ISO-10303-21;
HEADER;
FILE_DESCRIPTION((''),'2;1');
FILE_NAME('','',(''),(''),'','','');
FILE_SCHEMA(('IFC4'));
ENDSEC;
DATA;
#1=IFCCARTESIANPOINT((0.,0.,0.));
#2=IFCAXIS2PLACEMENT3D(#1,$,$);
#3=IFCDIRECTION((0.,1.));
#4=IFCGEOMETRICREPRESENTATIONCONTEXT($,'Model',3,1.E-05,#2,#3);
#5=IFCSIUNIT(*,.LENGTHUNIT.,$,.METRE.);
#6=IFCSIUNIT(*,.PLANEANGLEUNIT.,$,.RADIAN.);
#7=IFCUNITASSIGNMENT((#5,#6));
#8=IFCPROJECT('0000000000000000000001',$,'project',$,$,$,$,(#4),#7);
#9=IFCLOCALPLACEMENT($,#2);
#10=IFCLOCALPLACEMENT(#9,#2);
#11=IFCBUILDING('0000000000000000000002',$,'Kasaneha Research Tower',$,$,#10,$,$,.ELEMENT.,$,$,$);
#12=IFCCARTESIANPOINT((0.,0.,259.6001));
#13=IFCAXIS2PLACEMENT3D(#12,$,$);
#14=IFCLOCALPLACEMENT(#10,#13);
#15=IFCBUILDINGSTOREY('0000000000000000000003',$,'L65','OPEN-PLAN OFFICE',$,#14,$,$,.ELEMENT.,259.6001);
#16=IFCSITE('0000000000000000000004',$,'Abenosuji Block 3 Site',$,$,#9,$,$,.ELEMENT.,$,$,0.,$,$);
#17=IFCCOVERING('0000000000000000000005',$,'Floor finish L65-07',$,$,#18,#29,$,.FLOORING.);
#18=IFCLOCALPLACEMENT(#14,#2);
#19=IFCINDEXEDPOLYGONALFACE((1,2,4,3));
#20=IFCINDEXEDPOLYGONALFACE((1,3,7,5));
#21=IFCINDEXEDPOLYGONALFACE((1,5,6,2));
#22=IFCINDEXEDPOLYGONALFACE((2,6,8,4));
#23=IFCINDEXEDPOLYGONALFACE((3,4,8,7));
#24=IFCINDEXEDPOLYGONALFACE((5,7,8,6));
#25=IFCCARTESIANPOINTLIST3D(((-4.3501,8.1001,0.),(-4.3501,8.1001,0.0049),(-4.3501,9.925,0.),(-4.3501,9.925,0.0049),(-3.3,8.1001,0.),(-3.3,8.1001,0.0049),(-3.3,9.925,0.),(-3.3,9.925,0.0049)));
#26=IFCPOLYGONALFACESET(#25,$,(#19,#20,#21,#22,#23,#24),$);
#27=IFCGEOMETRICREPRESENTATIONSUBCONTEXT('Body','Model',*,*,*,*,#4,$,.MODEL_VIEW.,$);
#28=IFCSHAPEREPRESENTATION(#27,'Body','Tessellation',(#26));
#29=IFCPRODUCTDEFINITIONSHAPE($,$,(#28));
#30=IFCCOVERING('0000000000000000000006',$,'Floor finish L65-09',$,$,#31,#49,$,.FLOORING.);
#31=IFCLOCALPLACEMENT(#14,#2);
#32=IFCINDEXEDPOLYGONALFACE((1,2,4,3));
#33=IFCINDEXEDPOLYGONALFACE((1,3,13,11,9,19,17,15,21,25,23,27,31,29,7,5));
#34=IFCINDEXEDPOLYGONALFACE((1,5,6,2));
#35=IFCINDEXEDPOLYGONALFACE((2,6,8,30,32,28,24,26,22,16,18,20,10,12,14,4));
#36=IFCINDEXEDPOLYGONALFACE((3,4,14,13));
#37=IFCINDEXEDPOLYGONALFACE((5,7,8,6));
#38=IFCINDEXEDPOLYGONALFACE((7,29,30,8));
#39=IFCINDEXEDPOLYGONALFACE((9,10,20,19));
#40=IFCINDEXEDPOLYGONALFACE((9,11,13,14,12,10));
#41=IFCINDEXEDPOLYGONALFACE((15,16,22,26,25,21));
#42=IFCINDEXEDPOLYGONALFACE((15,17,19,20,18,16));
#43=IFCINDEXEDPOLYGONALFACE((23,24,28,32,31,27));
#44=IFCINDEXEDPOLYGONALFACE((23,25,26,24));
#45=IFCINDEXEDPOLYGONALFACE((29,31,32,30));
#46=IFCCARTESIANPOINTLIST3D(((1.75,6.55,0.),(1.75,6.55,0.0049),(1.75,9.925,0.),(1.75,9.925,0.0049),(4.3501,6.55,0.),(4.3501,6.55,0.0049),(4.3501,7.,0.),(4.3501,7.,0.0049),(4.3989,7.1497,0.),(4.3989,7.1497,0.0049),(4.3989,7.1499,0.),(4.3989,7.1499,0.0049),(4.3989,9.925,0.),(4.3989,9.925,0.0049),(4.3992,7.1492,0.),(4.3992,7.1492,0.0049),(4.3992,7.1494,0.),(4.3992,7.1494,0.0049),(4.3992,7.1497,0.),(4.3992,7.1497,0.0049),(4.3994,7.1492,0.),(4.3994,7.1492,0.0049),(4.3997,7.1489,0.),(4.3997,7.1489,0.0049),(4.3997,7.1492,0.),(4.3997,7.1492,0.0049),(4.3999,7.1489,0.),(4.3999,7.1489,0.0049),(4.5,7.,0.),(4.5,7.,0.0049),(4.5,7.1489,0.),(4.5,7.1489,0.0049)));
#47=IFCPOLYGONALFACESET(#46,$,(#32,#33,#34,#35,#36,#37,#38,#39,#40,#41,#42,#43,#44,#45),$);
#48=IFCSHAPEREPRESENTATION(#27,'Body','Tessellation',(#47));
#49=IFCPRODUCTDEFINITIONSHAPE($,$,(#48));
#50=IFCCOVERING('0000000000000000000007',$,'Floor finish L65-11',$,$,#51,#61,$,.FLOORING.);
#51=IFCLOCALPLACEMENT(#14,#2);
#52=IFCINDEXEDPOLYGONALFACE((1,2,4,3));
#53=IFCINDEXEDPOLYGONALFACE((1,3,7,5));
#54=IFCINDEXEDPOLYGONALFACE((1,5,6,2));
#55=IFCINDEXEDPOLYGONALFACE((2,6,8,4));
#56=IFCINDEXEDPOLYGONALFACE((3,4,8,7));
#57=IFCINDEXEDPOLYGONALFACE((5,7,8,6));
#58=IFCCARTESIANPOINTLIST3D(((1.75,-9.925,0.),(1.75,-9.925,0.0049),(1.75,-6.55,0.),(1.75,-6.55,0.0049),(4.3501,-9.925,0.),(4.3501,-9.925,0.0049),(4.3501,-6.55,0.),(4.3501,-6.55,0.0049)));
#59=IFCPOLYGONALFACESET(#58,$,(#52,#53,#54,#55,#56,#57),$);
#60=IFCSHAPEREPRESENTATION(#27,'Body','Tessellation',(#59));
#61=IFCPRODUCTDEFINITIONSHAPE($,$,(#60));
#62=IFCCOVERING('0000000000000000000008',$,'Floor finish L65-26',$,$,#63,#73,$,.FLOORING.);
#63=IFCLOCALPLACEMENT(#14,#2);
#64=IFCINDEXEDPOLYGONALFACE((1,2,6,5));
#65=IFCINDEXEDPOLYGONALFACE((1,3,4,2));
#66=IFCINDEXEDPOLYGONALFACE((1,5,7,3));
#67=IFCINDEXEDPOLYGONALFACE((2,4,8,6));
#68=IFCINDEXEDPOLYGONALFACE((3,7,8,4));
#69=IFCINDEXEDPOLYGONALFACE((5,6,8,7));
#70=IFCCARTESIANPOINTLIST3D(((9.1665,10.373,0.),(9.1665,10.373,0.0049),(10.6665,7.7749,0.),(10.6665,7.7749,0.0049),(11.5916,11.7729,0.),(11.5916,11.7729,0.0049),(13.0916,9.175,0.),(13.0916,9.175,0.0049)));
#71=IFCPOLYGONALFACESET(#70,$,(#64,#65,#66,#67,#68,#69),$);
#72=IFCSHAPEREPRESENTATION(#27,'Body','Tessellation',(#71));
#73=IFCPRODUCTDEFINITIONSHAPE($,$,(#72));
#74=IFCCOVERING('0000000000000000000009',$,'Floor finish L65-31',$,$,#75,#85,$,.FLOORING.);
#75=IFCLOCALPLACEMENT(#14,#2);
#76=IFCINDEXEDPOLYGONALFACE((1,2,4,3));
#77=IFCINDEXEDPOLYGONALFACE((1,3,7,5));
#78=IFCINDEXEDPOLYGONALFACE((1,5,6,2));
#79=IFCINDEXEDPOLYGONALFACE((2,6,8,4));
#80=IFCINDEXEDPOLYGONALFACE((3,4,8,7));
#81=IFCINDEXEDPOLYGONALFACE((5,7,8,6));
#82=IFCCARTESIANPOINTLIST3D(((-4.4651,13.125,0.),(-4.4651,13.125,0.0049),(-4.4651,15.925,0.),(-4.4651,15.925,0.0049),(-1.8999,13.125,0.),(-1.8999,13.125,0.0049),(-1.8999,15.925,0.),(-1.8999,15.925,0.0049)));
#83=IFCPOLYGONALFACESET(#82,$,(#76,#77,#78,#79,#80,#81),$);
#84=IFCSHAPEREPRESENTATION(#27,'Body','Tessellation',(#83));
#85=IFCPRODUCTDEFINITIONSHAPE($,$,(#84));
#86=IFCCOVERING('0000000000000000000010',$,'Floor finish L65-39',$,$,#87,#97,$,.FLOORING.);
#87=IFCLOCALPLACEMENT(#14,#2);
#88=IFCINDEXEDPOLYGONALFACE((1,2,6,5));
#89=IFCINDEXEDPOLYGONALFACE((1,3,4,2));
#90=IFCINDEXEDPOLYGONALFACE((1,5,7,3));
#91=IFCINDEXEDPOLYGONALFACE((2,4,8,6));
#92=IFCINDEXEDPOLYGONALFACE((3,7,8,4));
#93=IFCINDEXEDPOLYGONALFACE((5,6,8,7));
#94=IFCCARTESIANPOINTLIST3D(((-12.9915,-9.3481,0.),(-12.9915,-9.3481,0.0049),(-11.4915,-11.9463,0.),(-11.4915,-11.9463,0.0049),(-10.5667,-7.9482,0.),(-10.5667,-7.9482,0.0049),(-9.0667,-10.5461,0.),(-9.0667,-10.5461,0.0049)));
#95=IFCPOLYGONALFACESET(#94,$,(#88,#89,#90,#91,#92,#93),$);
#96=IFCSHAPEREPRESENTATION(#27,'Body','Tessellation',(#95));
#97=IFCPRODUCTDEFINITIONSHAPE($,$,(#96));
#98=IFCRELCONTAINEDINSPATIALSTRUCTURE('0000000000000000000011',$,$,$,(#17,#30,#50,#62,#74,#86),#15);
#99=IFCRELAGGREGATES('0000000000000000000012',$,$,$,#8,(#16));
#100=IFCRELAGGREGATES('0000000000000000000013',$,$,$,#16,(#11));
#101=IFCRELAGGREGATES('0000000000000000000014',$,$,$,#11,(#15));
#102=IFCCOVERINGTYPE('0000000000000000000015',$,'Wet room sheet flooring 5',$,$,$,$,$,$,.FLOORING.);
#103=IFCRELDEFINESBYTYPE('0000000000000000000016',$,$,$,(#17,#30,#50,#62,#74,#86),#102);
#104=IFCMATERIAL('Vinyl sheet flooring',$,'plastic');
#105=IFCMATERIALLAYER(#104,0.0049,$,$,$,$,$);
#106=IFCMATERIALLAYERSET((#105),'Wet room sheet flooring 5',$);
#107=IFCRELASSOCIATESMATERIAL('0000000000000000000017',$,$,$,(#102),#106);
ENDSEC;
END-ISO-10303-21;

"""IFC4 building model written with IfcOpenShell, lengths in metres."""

from ifc_helpers import new_model, si_unit, direction, frame, origin, place, context, subcontext, project, spatial, polyline, outline, extrude, material, layer, layer_set, type_object, element, save


model = new_model("IFC4")

# Units and contexts
model_context = context("Model", 3, precision=1e-05, world=origin(), true_north=direction((0.0, 1.0)))
body_context = subcontext(model_context, "Body", "Model", "MODEL_VIEW")
ifc_project = project(units=[si_unit("LENGTHUNIT", "METRE"), si_unit("PLANEANGLEUNIT", "RADIAN")], contexts=[model_context])

# Site, building, storey
site_placement = place(None, origin())
site = spatial("IfcSite", under=ifc_project, at=site_placement, Name="Abenosuji Block 3 Site", CompositionType="ELEMENT", RefElevation=0.0)
building_placement = place(site_placement, origin())
building = spatial("IfcBuilding", under=site, at=building_placement, Name="Kasaneha Research Tower", CompositionType="ELEMENT")
storey_placement = place(building_placement, frame((0.0, 0.0, 259.6001)))
storey = spatial("IfcBuildingStorey", under=building, at=storey_placement, Name="L65", Description="OPEN-PLAN OFFICE", CompositionType="ELEMENT", Elevation=259.6001)

# Coverings
ifc_material_1 = material(Name="Vinyl sheet flooring", Category="plastic")
ifc_layer_1 = layer(ifc_material_1, 0.0049)
ifc_layer_set_1 = layer_set([ifc_layer_1], Name="Wet room sheet flooring 5")
covering_type_1 = type_object("IfcCoveringType", Name="Wet room sheet flooring 5", PredefinedType="FLOORING", material=ifc_layer_set_1)
covering_1_placement = place(storey_placement, origin())
element("IfcCovering", 1, at=covering_1_placement, inside=storey, type_object=covering_type_1, Name="Floor finish L65-07", PredefinedType="FLOORING", context=body_context, shape_type="SweptSolid", body=[
    extrude(outline(polyline([(-4.3501, 8.1001), (-4.3501, 9.925), (-3.3, 9.925), (-3.3, 8.1001), (-4.3501, 8.1001)])), origin(), (0.0, 0.0, 1.0), 0.0049),
])
covering_2_placement = place(storey_placement, origin())
element("IfcCovering", 2, at=covering_2_placement, inside=storey, type_object=covering_type_1, Name="Floor finish L65-09", PredefinedType="FLOORING", context=body_context, shape_type="SweptSolid", body=[
    extrude(outline(polyline([(4.3989, 9.925), (4.3989, 7.1499), (4.3989, 7.1499), (4.3989, 7.1499), (4.3989, 7.1497), (4.3992, 7.1497), (4.3992, 7.1494), (4.3992, 7.1494), (4.3992, 7.1494), (4.3992, 7.1492), (4.3994, 7.1492), (4.3994, 7.1492), (4.3994, 7.1492), (4.3997, 7.1492), (4.3997, 7.1489), (4.3999, 7.1489), (4.3999, 7.1489), (4.3999, 7.1489), (4.5, 7.1489), (4.5, 7.0), (4.3501, 7.0), (4.3501, 6.55), (1.75, 6.55), (1.75, 9.925), (4.3989, 9.925)])), origin(), (0.0, 0.0, 1.0), 0.0049),
])
covering_3_placement = place(storey_placement, origin())
element("IfcCovering", 3, at=covering_3_placement, inside=storey, type_object=covering_type_1, Name="Floor finish L65-11", PredefinedType="FLOORING", context=body_context, shape_type="SweptSolid", body=[
    extrude(outline(polyline([(1.75, -9.925), (1.75, -6.55), (4.3501, -6.55), (4.3501, -9.925), (1.75, -9.925)])), origin(), (0.0, 0.0, 1.0), 0.0049),
])
covering_4_placement = place(storey_placement, origin())
element("IfcCovering", 4, at=covering_4_placement, inside=storey, type_object=covering_type_1, Name="Floor finish L65-26", PredefinedType="FLOORING", context=body_context, shape_type="SweptSolid", body=[
    extrude(outline(polyline([(11.5916, 11.7729), (13.0916, 9.175), (10.6665, 7.7749), (9.1665, 10.373), (11.5916, 11.7729)])), origin(), (0.0, 0.0, 1.0), 0.0049),
])
covering_5_placement = place(storey_placement, origin())
element("IfcCovering", 5, at=covering_5_placement, inside=storey, type_object=covering_type_1, Name="Floor finish L65-31", PredefinedType="FLOORING", context=body_context, shape_type="SweptSolid", body=[
    extrude(outline(polyline([(-4.4651, 15.925), (-1.8999, 15.925), (-1.8999, 13.125), (-4.4651, 13.125), (-4.4651, 15.925)])), origin(), (0.0, 0.0, 1.0), 0.0049),
])
covering_6_placement = place(storey_placement, origin())
element("IfcCovering", 6, at=covering_6_placement, inside=storey, type_object=covering_type_1, Name="Floor finish L65-39", PredefinedType="FLOORING", context=body_context, shape_type="SweptSolid", body=[
    extrude(outline(polyline([(-11.4915, -11.9463), (-12.9915, -9.3481), (-10.5667, -7.9482), (-9.0667, -10.5461), (-11.4915, -11.9463)])), origin(), (0.0, 0.0, 1.0), 0.0049),
])

save(model, "model.ifc")
